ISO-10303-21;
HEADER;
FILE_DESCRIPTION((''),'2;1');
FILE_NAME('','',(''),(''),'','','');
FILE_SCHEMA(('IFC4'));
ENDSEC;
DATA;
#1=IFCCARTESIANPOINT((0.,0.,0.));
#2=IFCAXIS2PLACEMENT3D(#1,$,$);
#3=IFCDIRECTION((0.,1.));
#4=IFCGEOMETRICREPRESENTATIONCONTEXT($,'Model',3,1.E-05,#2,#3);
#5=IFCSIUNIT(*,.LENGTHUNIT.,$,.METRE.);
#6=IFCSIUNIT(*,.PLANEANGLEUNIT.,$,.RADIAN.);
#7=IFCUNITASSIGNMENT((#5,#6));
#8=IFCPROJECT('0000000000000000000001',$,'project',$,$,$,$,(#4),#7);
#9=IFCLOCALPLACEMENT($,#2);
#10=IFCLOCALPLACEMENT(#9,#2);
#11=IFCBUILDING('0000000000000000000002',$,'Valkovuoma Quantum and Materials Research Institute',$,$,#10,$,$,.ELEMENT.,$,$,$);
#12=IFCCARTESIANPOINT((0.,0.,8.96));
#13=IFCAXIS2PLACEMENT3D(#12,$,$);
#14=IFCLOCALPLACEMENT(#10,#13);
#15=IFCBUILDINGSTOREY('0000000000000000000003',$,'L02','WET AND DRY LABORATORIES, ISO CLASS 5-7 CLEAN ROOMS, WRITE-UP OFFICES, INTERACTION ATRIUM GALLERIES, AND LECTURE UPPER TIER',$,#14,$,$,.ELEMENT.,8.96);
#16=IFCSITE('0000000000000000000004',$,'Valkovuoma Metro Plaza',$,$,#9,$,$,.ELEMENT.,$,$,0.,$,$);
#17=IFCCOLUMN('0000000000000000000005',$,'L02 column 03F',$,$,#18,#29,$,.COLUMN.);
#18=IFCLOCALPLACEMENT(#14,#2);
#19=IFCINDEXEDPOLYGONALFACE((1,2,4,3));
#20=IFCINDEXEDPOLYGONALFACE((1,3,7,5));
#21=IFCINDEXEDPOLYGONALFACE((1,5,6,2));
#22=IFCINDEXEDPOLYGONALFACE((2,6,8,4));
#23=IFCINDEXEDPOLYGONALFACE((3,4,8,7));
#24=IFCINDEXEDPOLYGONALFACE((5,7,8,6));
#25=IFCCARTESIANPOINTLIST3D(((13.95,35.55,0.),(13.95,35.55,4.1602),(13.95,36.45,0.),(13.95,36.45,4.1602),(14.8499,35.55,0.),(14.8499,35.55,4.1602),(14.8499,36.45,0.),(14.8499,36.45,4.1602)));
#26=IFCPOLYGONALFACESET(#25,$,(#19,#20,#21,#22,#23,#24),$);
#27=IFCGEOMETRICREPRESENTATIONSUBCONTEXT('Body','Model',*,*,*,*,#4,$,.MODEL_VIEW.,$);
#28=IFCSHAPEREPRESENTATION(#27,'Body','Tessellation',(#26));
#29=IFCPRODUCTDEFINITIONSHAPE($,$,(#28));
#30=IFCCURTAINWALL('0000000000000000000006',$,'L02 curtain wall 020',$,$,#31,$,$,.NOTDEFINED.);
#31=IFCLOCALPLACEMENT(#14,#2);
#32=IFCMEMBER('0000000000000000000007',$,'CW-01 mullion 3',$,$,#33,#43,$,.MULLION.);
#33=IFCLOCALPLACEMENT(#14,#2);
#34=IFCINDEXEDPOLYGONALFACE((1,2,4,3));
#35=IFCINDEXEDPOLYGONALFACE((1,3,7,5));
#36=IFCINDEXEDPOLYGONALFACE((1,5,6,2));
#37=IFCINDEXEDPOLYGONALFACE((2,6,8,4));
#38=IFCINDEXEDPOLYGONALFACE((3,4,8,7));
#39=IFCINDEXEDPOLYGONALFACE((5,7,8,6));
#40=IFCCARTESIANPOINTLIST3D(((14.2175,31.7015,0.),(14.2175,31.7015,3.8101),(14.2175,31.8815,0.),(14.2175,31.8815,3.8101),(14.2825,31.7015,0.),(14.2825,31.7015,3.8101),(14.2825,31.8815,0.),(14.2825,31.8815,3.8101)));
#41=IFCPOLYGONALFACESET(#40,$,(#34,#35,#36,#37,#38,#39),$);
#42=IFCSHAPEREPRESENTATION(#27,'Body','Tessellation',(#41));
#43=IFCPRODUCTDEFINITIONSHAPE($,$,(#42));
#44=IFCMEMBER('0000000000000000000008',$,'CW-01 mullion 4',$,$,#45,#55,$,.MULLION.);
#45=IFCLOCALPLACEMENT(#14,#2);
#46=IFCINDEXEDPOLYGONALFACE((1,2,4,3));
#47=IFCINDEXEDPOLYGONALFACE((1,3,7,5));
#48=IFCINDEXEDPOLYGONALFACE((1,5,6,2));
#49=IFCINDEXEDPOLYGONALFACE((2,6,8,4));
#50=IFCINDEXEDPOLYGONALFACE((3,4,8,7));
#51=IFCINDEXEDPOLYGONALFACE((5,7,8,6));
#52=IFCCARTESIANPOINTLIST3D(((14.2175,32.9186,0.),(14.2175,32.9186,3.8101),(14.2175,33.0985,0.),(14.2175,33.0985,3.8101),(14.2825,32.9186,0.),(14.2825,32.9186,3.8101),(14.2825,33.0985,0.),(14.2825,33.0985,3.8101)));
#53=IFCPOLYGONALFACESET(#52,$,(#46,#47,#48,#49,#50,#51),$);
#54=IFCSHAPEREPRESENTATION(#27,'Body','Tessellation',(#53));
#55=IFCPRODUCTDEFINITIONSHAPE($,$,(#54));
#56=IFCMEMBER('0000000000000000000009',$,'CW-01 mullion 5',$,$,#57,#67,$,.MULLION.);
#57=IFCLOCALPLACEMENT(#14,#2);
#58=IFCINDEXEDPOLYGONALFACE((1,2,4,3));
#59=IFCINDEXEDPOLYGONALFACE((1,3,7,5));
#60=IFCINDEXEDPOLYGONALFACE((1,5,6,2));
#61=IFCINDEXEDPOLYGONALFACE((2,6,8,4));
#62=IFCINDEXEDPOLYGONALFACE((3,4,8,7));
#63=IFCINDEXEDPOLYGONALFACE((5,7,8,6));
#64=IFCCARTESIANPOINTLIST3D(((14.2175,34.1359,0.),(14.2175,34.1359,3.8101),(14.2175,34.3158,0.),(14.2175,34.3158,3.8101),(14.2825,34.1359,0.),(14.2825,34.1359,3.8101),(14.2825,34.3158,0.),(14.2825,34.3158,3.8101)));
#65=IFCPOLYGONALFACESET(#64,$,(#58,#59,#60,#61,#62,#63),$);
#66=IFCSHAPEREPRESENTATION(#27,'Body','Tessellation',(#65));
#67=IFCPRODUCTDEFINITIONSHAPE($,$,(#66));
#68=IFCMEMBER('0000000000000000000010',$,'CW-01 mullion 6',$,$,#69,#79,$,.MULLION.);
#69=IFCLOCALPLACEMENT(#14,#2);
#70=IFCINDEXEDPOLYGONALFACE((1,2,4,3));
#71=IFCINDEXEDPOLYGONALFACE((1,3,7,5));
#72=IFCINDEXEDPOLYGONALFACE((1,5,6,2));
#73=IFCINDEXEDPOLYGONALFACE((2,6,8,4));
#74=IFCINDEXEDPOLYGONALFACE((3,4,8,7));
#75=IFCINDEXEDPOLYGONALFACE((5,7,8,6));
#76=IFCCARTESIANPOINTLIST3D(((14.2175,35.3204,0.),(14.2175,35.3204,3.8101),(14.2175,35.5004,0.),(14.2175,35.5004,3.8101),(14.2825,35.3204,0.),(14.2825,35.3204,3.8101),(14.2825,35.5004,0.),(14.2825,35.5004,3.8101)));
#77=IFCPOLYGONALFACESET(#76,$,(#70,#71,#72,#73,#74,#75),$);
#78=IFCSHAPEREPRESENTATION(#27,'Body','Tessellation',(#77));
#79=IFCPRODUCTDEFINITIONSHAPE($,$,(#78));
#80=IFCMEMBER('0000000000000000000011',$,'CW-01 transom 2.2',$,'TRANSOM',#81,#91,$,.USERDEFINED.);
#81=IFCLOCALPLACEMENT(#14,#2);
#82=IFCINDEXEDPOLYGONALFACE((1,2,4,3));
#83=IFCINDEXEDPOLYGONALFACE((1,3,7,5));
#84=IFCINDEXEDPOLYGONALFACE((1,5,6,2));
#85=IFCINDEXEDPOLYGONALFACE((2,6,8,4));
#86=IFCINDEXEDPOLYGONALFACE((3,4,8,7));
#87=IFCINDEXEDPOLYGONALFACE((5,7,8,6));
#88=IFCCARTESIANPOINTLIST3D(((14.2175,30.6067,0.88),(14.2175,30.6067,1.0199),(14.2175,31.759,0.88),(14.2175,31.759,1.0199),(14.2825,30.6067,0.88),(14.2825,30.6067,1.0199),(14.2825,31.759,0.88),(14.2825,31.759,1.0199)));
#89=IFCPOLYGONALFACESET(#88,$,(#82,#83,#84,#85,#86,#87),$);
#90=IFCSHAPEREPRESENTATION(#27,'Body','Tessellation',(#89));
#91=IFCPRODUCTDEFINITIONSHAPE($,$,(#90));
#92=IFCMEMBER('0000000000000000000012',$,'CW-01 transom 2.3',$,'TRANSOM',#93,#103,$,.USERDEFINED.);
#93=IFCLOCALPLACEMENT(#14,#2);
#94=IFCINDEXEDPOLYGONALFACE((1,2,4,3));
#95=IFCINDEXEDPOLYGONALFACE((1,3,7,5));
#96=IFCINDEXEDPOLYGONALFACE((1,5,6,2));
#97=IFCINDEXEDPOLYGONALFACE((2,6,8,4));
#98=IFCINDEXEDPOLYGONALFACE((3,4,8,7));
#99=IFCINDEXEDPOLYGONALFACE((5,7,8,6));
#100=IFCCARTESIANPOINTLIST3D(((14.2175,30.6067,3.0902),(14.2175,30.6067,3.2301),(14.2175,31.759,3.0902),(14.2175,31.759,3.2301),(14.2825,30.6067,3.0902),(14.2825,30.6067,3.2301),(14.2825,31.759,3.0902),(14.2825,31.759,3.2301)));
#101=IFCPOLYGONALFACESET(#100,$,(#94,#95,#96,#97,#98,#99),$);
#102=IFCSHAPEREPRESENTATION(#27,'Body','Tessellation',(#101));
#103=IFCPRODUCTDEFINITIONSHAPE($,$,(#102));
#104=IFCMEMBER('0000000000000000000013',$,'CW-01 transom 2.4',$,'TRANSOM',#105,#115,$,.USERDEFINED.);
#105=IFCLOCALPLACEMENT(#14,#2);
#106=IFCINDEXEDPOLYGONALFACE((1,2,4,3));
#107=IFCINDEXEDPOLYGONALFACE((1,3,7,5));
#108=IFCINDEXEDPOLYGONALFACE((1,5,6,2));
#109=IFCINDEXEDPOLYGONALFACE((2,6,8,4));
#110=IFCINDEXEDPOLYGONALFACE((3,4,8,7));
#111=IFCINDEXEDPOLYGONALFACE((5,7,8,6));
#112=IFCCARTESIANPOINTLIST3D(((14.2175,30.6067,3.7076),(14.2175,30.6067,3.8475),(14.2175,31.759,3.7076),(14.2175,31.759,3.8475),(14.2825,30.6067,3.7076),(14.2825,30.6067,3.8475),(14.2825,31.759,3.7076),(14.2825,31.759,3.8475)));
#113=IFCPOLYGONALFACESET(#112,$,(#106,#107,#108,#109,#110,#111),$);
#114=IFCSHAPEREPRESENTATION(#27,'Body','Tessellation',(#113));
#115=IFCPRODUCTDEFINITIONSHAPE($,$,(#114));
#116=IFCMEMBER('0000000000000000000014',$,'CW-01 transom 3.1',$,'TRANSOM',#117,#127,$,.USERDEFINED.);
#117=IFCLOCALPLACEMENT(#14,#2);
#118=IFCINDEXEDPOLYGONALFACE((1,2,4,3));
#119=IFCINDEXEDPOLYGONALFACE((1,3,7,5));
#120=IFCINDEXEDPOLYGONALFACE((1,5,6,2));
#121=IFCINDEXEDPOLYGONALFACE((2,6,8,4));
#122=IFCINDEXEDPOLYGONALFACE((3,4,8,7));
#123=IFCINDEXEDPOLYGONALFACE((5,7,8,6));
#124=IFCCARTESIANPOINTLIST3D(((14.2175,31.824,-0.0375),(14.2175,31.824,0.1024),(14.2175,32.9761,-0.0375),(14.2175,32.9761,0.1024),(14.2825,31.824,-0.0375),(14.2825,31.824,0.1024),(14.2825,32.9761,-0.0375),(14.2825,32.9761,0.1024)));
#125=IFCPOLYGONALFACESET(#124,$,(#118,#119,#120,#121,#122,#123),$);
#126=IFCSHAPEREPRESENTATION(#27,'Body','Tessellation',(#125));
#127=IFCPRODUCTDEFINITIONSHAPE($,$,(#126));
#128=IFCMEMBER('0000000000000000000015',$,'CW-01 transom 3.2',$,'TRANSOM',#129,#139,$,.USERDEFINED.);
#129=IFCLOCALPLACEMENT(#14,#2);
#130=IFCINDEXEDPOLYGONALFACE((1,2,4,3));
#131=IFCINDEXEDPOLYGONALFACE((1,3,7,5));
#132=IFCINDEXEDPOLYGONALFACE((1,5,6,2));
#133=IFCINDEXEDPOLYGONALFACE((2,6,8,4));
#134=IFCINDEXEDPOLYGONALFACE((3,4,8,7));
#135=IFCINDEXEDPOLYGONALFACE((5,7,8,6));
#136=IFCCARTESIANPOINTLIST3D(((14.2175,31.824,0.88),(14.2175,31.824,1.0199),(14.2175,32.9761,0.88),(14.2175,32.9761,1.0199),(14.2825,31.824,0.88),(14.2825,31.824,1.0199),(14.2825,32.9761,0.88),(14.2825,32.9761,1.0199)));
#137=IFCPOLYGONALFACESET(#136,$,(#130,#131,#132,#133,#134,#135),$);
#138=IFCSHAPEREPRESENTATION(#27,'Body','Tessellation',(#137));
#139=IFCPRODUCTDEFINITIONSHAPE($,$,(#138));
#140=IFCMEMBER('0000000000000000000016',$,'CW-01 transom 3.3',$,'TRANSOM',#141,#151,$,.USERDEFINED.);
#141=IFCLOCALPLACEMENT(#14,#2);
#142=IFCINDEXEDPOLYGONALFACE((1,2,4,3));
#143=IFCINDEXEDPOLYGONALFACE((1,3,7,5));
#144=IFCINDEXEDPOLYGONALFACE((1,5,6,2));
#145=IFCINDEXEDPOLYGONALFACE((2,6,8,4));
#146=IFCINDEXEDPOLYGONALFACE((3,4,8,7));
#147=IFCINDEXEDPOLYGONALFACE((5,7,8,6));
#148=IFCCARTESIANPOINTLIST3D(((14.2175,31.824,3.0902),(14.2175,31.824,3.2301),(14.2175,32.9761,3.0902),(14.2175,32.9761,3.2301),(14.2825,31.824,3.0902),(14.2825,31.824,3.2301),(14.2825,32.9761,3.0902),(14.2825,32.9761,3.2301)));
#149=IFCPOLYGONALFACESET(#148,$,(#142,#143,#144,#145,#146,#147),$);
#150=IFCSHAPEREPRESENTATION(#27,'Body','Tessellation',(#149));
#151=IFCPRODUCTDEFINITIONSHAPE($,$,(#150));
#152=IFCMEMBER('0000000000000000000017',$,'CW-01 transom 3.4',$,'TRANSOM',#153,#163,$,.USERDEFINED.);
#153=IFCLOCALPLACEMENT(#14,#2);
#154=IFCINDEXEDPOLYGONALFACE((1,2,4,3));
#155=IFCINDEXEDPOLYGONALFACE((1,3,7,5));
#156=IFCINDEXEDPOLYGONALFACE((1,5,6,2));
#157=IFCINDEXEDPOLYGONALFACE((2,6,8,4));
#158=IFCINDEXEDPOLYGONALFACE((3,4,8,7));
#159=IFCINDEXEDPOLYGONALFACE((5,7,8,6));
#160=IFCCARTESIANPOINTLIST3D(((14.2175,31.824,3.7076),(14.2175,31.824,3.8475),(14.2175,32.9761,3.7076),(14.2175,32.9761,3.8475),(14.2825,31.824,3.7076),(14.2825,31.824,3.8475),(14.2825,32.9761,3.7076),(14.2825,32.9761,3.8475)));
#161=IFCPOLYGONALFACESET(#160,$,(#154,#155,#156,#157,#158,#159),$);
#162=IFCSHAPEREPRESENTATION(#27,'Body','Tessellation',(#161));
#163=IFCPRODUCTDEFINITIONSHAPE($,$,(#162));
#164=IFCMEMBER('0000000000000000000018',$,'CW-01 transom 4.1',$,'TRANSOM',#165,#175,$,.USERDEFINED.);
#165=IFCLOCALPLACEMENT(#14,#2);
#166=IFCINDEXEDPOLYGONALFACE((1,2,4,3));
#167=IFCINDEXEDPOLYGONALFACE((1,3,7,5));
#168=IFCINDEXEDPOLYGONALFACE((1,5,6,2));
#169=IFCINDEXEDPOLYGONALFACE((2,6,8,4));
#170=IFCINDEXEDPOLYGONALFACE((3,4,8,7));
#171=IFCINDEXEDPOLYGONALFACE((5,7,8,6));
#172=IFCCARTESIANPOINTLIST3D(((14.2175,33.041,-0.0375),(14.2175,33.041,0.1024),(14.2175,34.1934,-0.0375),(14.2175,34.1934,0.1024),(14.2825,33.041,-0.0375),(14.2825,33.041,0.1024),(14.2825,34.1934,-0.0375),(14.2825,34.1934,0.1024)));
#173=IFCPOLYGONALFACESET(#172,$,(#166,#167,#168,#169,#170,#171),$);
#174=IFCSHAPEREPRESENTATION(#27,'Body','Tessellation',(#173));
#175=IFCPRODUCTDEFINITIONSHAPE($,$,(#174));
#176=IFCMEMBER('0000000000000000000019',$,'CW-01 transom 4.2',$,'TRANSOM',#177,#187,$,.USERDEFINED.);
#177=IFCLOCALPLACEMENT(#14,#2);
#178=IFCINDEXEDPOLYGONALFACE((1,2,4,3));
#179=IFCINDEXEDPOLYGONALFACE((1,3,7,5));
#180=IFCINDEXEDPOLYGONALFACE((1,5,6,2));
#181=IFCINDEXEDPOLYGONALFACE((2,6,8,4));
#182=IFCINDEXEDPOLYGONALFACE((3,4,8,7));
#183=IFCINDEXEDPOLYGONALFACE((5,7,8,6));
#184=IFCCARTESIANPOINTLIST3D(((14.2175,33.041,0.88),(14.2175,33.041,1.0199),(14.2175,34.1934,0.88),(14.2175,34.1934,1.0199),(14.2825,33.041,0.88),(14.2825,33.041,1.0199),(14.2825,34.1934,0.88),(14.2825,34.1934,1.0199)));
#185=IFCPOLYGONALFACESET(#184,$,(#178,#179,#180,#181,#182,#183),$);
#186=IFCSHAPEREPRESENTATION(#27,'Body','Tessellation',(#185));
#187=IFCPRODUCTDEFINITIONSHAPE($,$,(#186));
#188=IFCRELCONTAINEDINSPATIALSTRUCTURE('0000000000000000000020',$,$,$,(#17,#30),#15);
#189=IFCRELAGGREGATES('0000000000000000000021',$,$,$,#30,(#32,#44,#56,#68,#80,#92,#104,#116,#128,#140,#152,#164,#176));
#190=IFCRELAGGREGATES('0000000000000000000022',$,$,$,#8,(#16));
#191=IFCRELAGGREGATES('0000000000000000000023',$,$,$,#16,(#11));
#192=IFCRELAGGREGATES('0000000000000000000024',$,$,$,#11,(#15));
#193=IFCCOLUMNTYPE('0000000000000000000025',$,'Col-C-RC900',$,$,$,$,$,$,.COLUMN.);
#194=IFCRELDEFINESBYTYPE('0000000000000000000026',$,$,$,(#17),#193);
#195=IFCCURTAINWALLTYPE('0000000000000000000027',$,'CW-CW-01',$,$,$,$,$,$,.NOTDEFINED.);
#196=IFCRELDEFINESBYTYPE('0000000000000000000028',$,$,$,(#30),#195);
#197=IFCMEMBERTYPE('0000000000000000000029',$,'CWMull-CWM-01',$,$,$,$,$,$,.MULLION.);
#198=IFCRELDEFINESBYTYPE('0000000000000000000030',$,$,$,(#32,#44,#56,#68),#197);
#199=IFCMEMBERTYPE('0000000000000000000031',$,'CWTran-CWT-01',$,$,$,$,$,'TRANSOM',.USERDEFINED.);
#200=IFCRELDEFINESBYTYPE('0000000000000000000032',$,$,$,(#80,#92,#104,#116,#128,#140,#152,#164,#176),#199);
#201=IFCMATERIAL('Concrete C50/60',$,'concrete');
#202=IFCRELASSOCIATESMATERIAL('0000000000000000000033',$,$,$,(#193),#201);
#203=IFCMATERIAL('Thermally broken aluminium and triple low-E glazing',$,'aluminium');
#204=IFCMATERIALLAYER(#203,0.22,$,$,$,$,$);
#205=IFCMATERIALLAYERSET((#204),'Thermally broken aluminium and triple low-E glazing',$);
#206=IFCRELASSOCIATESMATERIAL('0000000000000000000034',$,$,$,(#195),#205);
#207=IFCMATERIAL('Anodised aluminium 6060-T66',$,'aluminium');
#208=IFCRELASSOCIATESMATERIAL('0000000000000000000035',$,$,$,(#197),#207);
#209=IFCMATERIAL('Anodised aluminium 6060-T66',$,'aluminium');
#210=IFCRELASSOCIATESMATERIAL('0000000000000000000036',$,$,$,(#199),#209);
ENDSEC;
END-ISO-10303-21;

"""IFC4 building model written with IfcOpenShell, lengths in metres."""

from ifc_helpers import new_model, si_unit, direction, frame, origin, origin_2d, place, context, subcontext, project, spatial, rectangle, extrude, material, layer, layer_set, material_profile, profile_set, type_object, element, aggregate, save


model = new_model("IFC4")

# Units and contexts
model_context = context("Model", 3, precision=1e-05, world=origin(), true_north=direction((0.0, 1.0)))
body_context = subcontext(model_context, "Body", "Model", "MODEL_VIEW")
ifc_project = project(units=[si_unit("LENGTHUNIT", "METRE"), si_unit("PLANEANGLEUNIT", "RADIAN")], contexts=[model_context])

# Site, building, storey
site_placement = place(None, origin())
site = spatial("IfcSite", under=ifc_project, at=site_placement, Name="Valkovuoma Metro Plaza", CompositionType="ELEMENT", RefElevation=0.0)
building_placement = place(site_placement, origin())
building = spatial("IfcBuilding", under=site, at=building_placement, Name="Valkovuoma Quantum and Materials Research Institute", CompositionType="ELEMENT")
storey_placement = place(building_placement, frame((0.0, 0.0, 8.96)))
storey = spatial("IfcBuildingStorey", under=building, at=storey_placement, Name="L02", Description="WET AND DRY LABORATORIES, ISO CLASS 5-7 CLEAN ROOMS, WRITE-UP OFFICES, INTERACTION ATRIUM GALLERIES, AND LECTURE UPPER TIER", CompositionType="ELEMENT", Elevation=8.96)

# Column
ifc_material_1 = material(Name="Concrete C50/60", Category="concrete")
ifc_material_profile_1 = material_profile(ifc_material_1, rectangle(XDim=0.8999, YDim=0.8999, at=origin_2d()), Name="Concrete C50/60")
ifc_profile_set_1 = profile_set([ifc_material_profile_1], Name="Concrete C50/60")
column_type = type_object("IfcColumnType", Name="Col-C-RC900", PredefinedType="COLUMN", material=ifc_profile_set_1)
column_placement = place(storey_placement, frame((14.3999, 36.0, 0.0), z_axis=(0.0, 0.0, 1.0), x_axis=(1.0, 0.0, 0.0)))
element("IfcColumn", 1, at=column_placement, inside=storey, type_object=column_type, Name="L02 column 03F", PredefinedType="COLUMN", context=body_context, shape_type="SweptSolid", body=[
    extrude(rectangle(XDim=0.8999, YDim=0.8999, at=origin_2d()), origin(), (0.0, 0.0, 1.0), 4.1602),
])

# Curtain wall, members
ifc_material_2 = material(Name="Thermally broken aluminium and triple low-E glazing", Category="aluminium")
ifc_layer_1 = layer(ifc_material_2, 0.22)
ifc_layer_set_1 = layer_set([ifc_layer_1], Name="Thermally broken aluminium and triple low-E glazing")
curtain_wall_type = type_object("IfcCurtainWallType", Name="CW-CW-01", PredefinedType="NOTDEFINED", material=ifc_layer_set_1)
curtain_wall_placement = place(storey_placement, origin())
curtain_wall = element("IfcCurtainWall", 2, at=curtain_wall_placement, inside=storey, type_object=curtain_wall_type, Name="L02 curtain wall 020", PredefinedType="NOTDEFINED")
ifc_material_3 = material(Name="Anodised aluminium 6060-T66", Category="aluminium")
ifc_material_profile_2 = material_profile(ifc_material_3, rectangle(XDim=0.0649, YDim=0.1799, at=origin_2d()), Name="Anodised aluminium 6060-T66")
ifc_profile_set_2 = profile_set([ifc_material_profile_2], Name="Anodised aluminium 6060-T66")
member_type_1 = type_object("IfcMemberType", Name="CWMull-CWM-01", PredefinedType="MULLION", material=ifc_profile_set_2)
member_1_placement = place(storey_placement, frame((14.25, 31.7915, 0.0), z_axis=(0.0, 0.0, 1.0), x_axis=(-1.0, 0.0, 0.0)))
member_1 = element("IfcMember", 3, at=member_1_placement, type_object=member_type_1, Name="CW-01 mullion 3", PredefinedType="MULLION", context=body_context, shape_type="SweptSolid", body=[
    extrude(rectangle(XDim=0.0649, YDim=0.1799, at=origin_2d()), origin(), (0.0, 0.0, 1.0), 3.8101),
])
member_2_placement = place(storey_placement, frame((14.25, 33.0085, 0.0), z_axis=(0.0, 0.0, 1.0), x_axis=(-1.0, 0.0, 0.0)))
member_2 = element("IfcMember", 4, at=member_2_placement, type_object=member_type_1, Name="CW-01 mullion 4", PredefinedType="MULLION", context=body_context, shape_type="SweptSolid", body=[
    extrude(rectangle(XDim=0.0649, YDim=0.1799, at=origin_2d()), origin(), (0.0, 0.0, 1.0), 3.8101),
])
member_3_placement = place(storey_placement, frame((14.25, 34.2258, 0.0), z_axis=(0.0, 0.0, 1.0), x_axis=(-1.0, 0.0, 0.0)))
member_3 = element("IfcMember", 5, at=member_3_placement, type_object=member_type_1, Name="CW-01 mullion 5", PredefinedType="MULLION", context=body_context, shape_type="SweptSolid", body=[
    extrude(rectangle(XDim=0.0649, YDim=0.1799, at=origin_2d()), origin(), (0.0, 0.0, 1.0), 3.8101),
])
member_4_placement = place(storey_placement, frame((14.25, 35.4104, 0.0), z_axis=(0.0, 0.0, 1.0), x_axis=(-1.0, 0.0, 0.0)))
member_4 = element("IfcMember", 6, at=member_4_placement, type_object=member_type_1, Name="CW-01 mullion 6", PredefinedType="MULLION", context=body_context, shape_type="SweptSolid", body=[
    extrude(rectangle(XDim=0.0649, YDim=0.1799, at=origin_2d()), origin(), (0.0, 0.0, 1.0), 3.8101),
])
ifc_material_4 = material(Name="Anodised aluminium 6060-T66", Category="aluminium")
ifc_material_profile_3 = material_profile(ifc_material_4, rectangle(XDim=0.0649, YDim=0.1399, at=origin_2d()), Name="Anodised aluminium 6060-T66")
ifc_profile_set_3 = profile_set([ifc_material_profile_3], Name="Anodised aluminium 6060-T66")
member_type_2 = type_object("IfcMemberType", Name="CWTran-CWT-01", ElementType="TRANSOM", PredefinedType="USERDEFINED", material=ifc_profile_set_3)
member_5_placement = place(storey_placement, frame((14.25, 30.6067, 0.95), z_axis=(0.0, 1.0, 0.0), x_axis=(-1.0, 0.0, 0.0)))
member_5 = element("IfcMember", 7, at=member_5_placement, type_object=member_type_2, Name="CW-01 transom 2.2", ObjectType="TRANSOM", PredefinedType="USERDEFINED", context=body_context, shape_type="SweptSolid", body=[
    extrude(rectangle(XDim=0.0649, YDim=0.1399, at=origin_2d()), origin(), (0.0, 0.0, 1.0), 1.1523),
])
member_6_placement = place(storey_placement, frame((14.25, 30.6067, 3.1602), z_axis=(0.0, 1.0, 0.0), x_axis=(-1.0, 0.0, 0.0)))
member_6 = element("IfcMember", 8, at=member_6_placement, type_object=member_type_2, Name="CW-01 transom 2.3", ObjectType="TRANSOM", PredefinedType="USERDEFINED", context=body_context, shape_type="SweptSolid", body=[
    extrude(rectangle(XDim=0.0649, YDim=0.1399, at=origin_2d()), origin(), (0.0, 0.0, 1.0), 1.1523),
])
member_7_placement = place(storey_placement, frame((14.25, 30.6067, 3.7776), z_axis=(0.0, 1.0, 0.0), x_axis=(-1.0, 0.0, 0.0)))
member_7 = element("IfcMember", 9, at=member_7_placement, type_object=member_type_2, Name="CW-01 transom 2.4", ObjectType="TRANSOM", PredefinedType="USERDEFINED", context=body_context, shape_type="SweptSolid", body=[
    extrude(rectangle(XDim=0.0649, YDim=0.1399, at=origin_2d()), origin(), (0.0, 0.0, 1.0), 1.1523),
])
member_8_placement = place(storey_placement, frame((14.25, 31.824, 0.0325), z_axis=(0.0, 1.0, 0.0), x_axis=(-1.0, 0.0, 0.0)))
member_8 = element("IfcMember", 10, at=member_8_placement, type_object=member_type_2, Name="CW-01 transom 3.1", ObjectType="TRANSOM", PredefinedType="USERDEFINED", context=body_context, shape_type="SweptSolid", body=[
    extrude(rectangle(XDim=0.0649, YDim=0.1399, at=origin_2d()), origin(), (0.0, 0.0, 1.0), 1.1521),
])
member_9_placement = place(storey_placement, frame((14.25, 31.824, 0.95), z_axis=(0.0, 1.0, 0.0), x_axis=(-1.0, 0.0, 0.0)))
member_9 = element("IfcMember", 11, at=member_9_placement, type_object=member_type_2, Name="CW-01 transom 3.2", ObjectType="TRANSOM", PredefinedType="USERDEFINED", context=body_context, shape_type="SweptSolid", body=[
    extrude(rectangle(XDim=0.0649, YDim=0.1399, at=origin_2d()), origin(), (0.0, 0.0, 1.0), 1.1521),
])
member_10_placement = place(storey_placement, frame((14.25, 31.824, 3.1602), z_axis=(0.0, 1.0, 0.0), x_axis=(-1.0, 0.0, 0.0)))
member_10 = element("IfcMember", 12, at=member_10_placement, type_object=member_type_2, Name="CW-01 transom 3.3", ObjectType="TRANSOM", PredefinedType="USERDEFINED", context=body_context, shape_type="SweptSolid", body=[
    extrude(rectangle(XDim=0.0649, YDim=0.1399, at=origin_2d()), origin(), (0.0, 0.0, 1.0), 1.1521),
])
member_11_placement = place(storey_placement, frame((14.25, 31.824, 3.7776), z_axis=(0.0, 1.0, 0.0), x_axis=(-1.0, 0.0, 0.0)))
member_11 = element("IfcMember", 13, at=member_11_placement, type_object=member_type_2, Name="CW-01 transom 3.4", ObjectType="TRANSOM", PredefinedType="USERDEFINED", context=body_context, shape_type="SweptSolid", body=[
    extrude(rectangle(XDim=0.0649, YDim=0.1399, at=origin_2d()), origin(), (0.0, 0.0, 1.0), 1.1521),
])
member_12_placement = place(storey_placement, frame((14.25, 33.041, 0.0325), z_axis=(0.0, 1.0, 0.0), x_axis=(-1.0, 0.0, 0.0)))
member_12 = element("IfcMember", 14, at=member_12_placement, type_object=member_type_2, Name="CW-01 transom 4.1", ObjectType="TRANSOM", PredefinedType="USERDEFINED", context=body_context, shape_type="SweptSolid", body=[
    extrude(rectangle(XDim=0.0649, YDim=0.1399, at=origin_2d()), origin(), (0.0, 0.0, 1.0), 1.1523),
])
member_13_placement = place(storey_placement, frame((14.25, 33.041, 0.95), z_axis=(0.0, 1.0, 0.0), x_axis=(-1.0, 0.0, 0.0)))
member_13 = element("IfcMember", 15, at=member_13_placement, type_object=member_type_2, Name="CW-01 transom 4.2", ObjectType="TRANSOM", PredefinedType="USERDEFINED", context=body_context, shape_type="SweptSolid", body=[
    extrude(rectangle(XDim=0.0649, YDim=0.1399, at=origin_2d()), origin(), (0.0, 0.0, 1.0), 1.1523),
])
aggregate(curtain_wall, [member_1, member_2, member_3, member_4, member_5, member_6, member_7, member_8, member_9, member_10, member_11, member_12, member_13])

save(model, "model.ifc")
